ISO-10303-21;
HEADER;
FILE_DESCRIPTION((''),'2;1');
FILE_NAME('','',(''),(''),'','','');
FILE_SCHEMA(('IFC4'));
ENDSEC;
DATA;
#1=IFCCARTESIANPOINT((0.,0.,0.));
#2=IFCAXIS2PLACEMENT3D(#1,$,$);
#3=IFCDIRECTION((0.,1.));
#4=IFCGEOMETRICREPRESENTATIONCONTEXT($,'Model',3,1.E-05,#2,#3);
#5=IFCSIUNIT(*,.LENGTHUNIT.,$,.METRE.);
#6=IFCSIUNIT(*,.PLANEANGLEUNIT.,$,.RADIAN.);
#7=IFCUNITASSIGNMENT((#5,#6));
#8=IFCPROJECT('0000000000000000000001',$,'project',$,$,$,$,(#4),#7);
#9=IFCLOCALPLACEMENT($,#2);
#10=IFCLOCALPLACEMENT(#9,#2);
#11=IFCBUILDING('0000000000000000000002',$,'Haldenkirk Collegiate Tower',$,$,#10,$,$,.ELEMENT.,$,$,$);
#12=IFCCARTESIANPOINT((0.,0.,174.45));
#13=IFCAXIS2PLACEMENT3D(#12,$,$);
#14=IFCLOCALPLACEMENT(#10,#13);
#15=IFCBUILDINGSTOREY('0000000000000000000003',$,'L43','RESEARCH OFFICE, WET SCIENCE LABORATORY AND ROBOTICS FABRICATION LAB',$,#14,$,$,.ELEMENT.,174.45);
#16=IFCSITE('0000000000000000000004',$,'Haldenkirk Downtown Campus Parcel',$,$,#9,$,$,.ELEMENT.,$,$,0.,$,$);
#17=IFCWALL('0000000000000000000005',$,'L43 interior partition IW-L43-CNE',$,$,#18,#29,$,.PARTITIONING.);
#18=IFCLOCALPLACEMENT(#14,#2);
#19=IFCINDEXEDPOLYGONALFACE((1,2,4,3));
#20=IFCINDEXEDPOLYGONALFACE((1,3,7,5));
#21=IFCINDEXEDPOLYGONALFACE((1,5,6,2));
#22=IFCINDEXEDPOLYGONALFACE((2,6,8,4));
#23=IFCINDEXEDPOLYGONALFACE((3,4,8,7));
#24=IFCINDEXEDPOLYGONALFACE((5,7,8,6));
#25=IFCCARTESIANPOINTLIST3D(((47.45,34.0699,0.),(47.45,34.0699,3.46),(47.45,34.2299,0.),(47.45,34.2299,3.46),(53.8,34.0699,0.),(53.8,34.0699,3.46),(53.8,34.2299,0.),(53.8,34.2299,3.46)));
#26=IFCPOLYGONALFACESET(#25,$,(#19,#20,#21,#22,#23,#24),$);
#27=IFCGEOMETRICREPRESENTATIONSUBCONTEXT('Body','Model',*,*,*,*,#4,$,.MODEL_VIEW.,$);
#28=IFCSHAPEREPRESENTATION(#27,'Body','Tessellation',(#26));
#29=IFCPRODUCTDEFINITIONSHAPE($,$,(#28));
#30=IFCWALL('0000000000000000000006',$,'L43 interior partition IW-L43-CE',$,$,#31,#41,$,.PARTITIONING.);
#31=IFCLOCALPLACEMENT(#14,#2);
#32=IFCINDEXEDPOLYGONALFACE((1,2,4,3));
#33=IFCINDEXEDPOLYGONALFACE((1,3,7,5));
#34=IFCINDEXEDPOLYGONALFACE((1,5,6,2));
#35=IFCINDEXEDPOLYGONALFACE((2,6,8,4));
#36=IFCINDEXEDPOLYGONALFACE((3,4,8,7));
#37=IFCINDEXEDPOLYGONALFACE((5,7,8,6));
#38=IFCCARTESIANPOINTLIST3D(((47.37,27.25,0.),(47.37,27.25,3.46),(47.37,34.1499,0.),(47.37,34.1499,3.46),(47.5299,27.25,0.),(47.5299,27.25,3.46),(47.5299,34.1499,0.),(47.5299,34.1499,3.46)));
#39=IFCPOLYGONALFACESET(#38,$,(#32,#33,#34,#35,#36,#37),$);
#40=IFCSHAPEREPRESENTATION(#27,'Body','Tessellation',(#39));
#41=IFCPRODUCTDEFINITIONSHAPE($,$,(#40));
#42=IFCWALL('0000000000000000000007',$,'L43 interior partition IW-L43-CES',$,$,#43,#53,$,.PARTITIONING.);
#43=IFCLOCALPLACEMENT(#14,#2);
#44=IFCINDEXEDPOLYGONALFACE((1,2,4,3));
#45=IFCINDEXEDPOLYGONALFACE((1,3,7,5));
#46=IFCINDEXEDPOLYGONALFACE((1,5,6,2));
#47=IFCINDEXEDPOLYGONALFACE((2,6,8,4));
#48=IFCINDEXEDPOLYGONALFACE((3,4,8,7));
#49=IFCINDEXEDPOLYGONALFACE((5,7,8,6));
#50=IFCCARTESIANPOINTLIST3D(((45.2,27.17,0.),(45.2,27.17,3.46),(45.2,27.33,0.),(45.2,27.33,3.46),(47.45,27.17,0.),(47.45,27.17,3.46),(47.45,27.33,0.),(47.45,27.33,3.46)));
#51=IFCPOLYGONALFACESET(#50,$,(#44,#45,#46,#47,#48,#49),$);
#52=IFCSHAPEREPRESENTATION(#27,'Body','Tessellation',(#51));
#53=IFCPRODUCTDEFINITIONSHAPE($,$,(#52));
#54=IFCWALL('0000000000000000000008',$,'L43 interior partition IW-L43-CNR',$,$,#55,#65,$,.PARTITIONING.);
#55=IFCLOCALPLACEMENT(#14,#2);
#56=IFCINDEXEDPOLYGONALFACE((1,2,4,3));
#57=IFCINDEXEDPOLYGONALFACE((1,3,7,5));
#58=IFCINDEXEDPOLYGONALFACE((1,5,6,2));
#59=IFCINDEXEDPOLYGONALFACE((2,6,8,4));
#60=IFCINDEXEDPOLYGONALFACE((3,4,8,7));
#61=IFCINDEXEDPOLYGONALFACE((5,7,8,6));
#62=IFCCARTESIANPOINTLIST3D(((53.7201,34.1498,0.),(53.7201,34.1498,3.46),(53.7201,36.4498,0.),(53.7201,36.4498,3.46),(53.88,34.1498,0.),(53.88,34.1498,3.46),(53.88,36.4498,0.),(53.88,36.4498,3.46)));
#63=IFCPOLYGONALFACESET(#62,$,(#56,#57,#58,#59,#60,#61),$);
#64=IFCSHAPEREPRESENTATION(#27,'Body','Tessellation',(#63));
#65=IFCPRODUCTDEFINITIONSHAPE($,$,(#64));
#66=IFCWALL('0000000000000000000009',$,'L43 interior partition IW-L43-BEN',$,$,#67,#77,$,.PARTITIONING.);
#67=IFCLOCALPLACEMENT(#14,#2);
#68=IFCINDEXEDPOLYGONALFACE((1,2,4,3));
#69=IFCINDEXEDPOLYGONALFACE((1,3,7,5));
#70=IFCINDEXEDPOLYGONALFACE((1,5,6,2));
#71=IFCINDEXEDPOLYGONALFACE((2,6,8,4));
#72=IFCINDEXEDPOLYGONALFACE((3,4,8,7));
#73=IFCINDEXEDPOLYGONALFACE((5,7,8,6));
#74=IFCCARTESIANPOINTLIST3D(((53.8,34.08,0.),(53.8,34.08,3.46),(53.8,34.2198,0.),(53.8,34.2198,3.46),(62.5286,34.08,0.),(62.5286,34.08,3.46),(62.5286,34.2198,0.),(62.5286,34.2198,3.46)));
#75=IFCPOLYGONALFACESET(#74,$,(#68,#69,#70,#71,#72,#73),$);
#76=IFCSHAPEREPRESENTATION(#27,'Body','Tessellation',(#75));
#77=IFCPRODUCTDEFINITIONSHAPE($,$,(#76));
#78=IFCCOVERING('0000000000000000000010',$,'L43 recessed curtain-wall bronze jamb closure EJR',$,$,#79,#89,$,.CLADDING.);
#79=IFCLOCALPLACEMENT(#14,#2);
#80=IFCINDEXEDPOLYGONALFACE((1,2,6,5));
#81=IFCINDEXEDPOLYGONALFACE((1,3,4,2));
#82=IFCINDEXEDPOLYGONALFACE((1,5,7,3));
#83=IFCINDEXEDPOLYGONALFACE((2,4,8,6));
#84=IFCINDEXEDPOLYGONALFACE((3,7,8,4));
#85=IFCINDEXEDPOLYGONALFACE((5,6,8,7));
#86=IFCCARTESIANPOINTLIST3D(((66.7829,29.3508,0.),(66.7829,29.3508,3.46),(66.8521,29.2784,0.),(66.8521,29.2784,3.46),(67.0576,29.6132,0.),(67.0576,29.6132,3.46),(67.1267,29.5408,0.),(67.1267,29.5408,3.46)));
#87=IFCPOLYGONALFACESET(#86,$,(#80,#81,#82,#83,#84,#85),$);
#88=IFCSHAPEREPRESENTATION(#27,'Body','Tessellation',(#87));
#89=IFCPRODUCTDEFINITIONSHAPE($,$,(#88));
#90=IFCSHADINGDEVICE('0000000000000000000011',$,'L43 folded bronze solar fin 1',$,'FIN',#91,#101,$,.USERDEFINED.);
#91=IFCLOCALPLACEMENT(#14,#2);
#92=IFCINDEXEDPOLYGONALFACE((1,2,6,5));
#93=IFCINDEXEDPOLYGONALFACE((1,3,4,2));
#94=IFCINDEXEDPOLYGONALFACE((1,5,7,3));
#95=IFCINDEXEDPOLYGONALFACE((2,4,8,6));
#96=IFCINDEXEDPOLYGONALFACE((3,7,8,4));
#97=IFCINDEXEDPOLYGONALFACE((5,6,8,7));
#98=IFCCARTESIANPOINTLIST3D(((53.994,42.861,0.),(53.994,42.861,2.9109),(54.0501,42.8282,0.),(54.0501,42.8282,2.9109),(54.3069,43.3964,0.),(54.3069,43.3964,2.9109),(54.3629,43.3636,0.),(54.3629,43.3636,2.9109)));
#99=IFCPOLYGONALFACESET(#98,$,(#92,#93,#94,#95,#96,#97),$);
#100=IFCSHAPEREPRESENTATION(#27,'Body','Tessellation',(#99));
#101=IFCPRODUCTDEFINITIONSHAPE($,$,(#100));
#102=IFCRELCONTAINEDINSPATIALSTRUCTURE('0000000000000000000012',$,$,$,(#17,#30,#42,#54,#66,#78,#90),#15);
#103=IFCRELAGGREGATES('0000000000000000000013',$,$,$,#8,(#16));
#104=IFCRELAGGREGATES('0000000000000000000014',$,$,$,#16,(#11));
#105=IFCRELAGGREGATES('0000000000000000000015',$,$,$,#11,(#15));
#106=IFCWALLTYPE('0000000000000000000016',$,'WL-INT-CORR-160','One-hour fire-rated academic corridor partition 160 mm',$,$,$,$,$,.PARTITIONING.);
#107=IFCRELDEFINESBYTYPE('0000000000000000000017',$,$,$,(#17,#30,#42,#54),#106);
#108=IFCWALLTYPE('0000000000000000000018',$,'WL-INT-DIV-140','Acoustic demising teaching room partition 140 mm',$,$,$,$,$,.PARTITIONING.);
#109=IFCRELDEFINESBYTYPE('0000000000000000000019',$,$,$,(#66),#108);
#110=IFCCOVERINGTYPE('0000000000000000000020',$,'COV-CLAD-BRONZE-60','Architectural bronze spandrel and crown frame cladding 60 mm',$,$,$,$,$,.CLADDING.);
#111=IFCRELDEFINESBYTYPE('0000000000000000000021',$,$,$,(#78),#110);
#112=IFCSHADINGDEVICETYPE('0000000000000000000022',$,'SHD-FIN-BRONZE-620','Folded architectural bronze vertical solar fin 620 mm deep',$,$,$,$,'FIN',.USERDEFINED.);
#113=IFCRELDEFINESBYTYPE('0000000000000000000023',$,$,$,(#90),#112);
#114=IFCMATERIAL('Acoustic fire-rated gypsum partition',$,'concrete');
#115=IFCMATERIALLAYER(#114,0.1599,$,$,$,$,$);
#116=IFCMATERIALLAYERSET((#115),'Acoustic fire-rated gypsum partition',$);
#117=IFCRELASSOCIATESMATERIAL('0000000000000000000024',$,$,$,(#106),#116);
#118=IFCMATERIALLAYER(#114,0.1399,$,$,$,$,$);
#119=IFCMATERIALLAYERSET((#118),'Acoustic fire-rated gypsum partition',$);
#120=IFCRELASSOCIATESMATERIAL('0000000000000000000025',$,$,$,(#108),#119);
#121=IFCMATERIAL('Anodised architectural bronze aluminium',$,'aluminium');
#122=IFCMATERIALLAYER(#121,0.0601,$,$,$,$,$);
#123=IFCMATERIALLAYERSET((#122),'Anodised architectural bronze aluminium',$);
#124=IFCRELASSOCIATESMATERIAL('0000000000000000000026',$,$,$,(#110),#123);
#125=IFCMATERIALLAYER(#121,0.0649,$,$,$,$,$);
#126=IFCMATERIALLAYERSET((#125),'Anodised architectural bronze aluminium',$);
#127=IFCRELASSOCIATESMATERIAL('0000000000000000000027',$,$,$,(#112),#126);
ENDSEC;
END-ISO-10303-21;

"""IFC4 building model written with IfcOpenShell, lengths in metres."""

from ifc_helpers import new_model, si_unit, direction, frame, frame_2d, origin, origin_2d, place, context, subcontext, project, spatial, rectangle, extrude, source, transform, mapped, material, layer, layer_set, type_object, element, save


model = new_model("IFC4")

# Units and contexts
model_context = context("Model", 3, precision=1e-05, world=origin(), true_north=direction((0.0, 1.0)))
body_context = subcontext(model_context, "Body", "Model", "MODEL_VIEW")
ifc_project = project(units=[si_unit("LENGTHUNIT", "METRE"), si_unit("PLANEANGLEUNIT", "RADIAN")], contexts=[model_context])

# Site, building, storey
site_placement = place(None, origin())
site = spatial("IfcSite", under=ifc_project, at=site_placement, Name="Haldenkirk Downtown Campus Parcel", CompositionType="ELEMENT", RefElevation=0.0)
building_placement = place(site_placement, origin())
building = spatial("IfcBuilding", under=site, at=building_placement, Name="Haldenkirk Collegiate Tower", CompositionType="ELEMENT")
storey_placement = place(building_placement, frame((0.0, 0.0, 174.45)))
storey = spatial("IfcBuildingStorey", under=building, at=storey_placement, Name="L43", Description="RESEARCH OFFICE, WET SCIENCE LABORATORY AND ROBOTICS FABRICATION LAB", CompositionType="ELEMENT", Elevation=174.45)

# Shared definitions
ifc_material_1 = material(Name="Anodised architectural bronze aluminium", Category="aluminium")

# Walls
ifc_material_2 = material(Name="Acoustic fire-rated gypsum partition", Category="concrete")
ifc_layer_1 = layer(ifc_material_2, 0.1599)
ifc_layer_set_1 = layer_set([ifc_layer_1], Name="Acoustic fire-rated gypsum partition")
wall_type_1 = type_object("IfcWallType", Name="WL-INT-CORR-160", Description="One-hour fire-rated academic corridor partition 160 mm", PredefinedType="PARTITIONING", material=ifc_layer_set_1)
wall_1_placement = place(storey_placement, frame((47.45, 34.1499, 0.0), z_axis=(0.0, 0.0, 1.0), x_axis=(1.0, 0.0, 0.0)))
element("IfcWall", 1, at=wall_1_placement, inside=storey, type_object=wall_type_1, Name="L43 interior partition IW-L43-CNE", PredefinedType="PARTITIONING", context=body_context, shape_type="SweptSolid", body=[
    extrude(rectangle(XDim=6.3501, YDim=0.1599, at=frame_2d((3.175, 0.0))), origin(), (0.0, 0.0, 1.0), 3.46),
])
wall_2_placement = place(storey_placement, frame((47.45, 27.25, 0.0), z_axis=(0.0, 0.0, 1.0), x_axis=(0.0, 1.0, 0.0)))
element("IfcWall", 2, at=wall_2_placement, inside=storey, type_object=wall_type_1, Name="L43 interior partition IW-L43-CE", PredefinedType="PARTITIONING", context=body_context, shape_type="SweptSolid", body=[
    extrude(rectangle(XDim=6.8999, YDim=0.1599, at=frame_2d((3.45, 0.0))), origin(), (0.0, 0.0, 1.0), 3.46),
])
wall_3_placement = place(storey_placement, frame((45.2, 27.25, 0.0), z_axis=(0.0, 0.0, 1.0), x_axis=(1.0, 0.0, 0.0)))
element("IfcWall", 3, at=wall_3_placement, inside=storey, type_object=wall_type_1, Name="L43 interior partition IW-L43-CES", PredefinedType="PARTITIONING", context=body_context, shape_type="SweptSolid", body=[
    extrude(rectangle(XDim=2.25, YDim=0.1599, at=frame_2d((1.125, 0.0))), origin(), (0.0, 0.0, 1.0), 3.46),
])
wall_4_placement = place(storey_placement, frame((53.8, 34.1499, 0.0), z_axis=(0.0, 0.0, 1.0), x_axis=(0.0, 1.0, 0.0)))
element("IfcWall", 4, at=wall_4_placement, inside=storey, type_object=wall_type_1, Name="L43 interior partition IW-L43-CNR", PredefinedType="PARTITIONING", context=body_context, shape_type="SweptSolid", body=[
    extrude(rectangle(XDim=2.3, YDim=0.1599, at=frame_2d((1.1499, 0.0))), origin(), (0.0, 0.0, 1.0), 3.46),
])
ifc_layer_2 = layer(ifc_material_2, 0.1399)
ifc_layer_set_2 = layer_set([ifc_layer_2], Name="Acoustic fire-rated gypsum partition")
wall_type_2 = type_object("IfcWallType", Name="WL-INT-DIV-140", Description="Acoustic demising teaching room partition 140 mm", PredefinedType="PARTITIONING", material=ifc_layer_set_2)
wall_5_placement = place(storey_placement, frame((53.8, 34.1499, 0.0), z_axis=(0.0, 0.0, 1.0), x_axis=(1.0, 0.0, 0.0)))
element("IfcWall", 5, at=wall_5_placement, inside=storey, type_object=wall_type_2, Name="L43 interior partition IW-L43-BEN", PredefinedType="PARTITIONING", context=body_context, shape_type="SweptSolid", body=[
    extrude(rectangle(XDim=8.7285, YDim=0.1399, at=frame_2d((4.3643, 0.0))), origin(), (0.0, 0.0, 1.0), 3.46),
])

# Covering
ifc_layer_3 = layer(ifc_material_1, 0.0601)
ifc_layer_set_3 = layer_set([ifc_layer_3], Name="Anodised architectural bronze aluminium")
covering_type = type_object("IfcCoveringType", Name="COV-CLAD-BRONZE-60", Description="Architectural bronze spandrel and crown frame cladding 60 mm", PredefinedType="CLADDING", material=ifc_layer_set_3)
shared_shape_1 = source(origin(), body_context, "Body", "SweptSolid", [
    extrude(rectangle(XDim=0.1001, YDim=0.3799, at=origin_2d()), origin(), (0.0, 0.0, 1.0), 3.46),
])
covering_placement = place(storey_placement, frame((66.9548, 29.4458, 0.0), z_axis=(0.0, 0.0, 1.0), x_axis=(0.690882, -0.722967, 0.0)))
element("IfcCovering", 6, at=covering_placement, inside=storey, type_object=covering_type, Name="L43 recessed curtain-wall bronze jamb closure EJR", PredefinedType="CLADDING", context=body_context, shape_type="MappedRepresentation", body=[
    mapped(shared_shape_1, transform((0.0, 0.0, 0.0), x_axis=(1.0, 0.0, 0.0), y_axis=(0.0, 1.0, 0.0), z_axis=(0.0, 0.0, 1.0), scale=1.0)),
])

# Shading device
ifc_layer_4 = layer(ifc_material_1, 0.0649)
ifc_layer_set_4 = layer_set([ifc_layer_4], Name="Anodised architectural bronze aluminium")
shading_device_type = type_object("IfcShadingDeviceType", Name="SHD-FIN-BRONZE-620", Description="Folded architectural bronze vertical solar fin 620 mm deep", ElementType="FIN", PredefinedType="USERDEFINED", material=ifc_layer_set_4)
shared_shape_2 = source(origin(), body_context, "Body", "SweptSolid", [
    extrude(rectangle(XDim=0.6201, YDim=0.0649, at=origin_2d()), origin(), (0.0, 0.0, 1.0), 2.9109),
])
shading_device_placement = place(storey_placement, frame((54.1785, 43.1123, 0.0), z_axis=(0.0, 0.0, 1.0), x_axis=(0.504528, 0.863396, 0.0)))
element("IfcShadingDevice", 7, at=shading_device_placement, inside=storey, type_object=shading_device_type, Name="L43 folded bronze solar fin 1", ObjectType="FIN", PredefinedType="USERDEFINED", context=body_context, shape_type="MappedRepresentation", body=[
    mapped(shared_shape_2, transform((0.0, 0.0, 0.0), x_axis=(1.0, 0.0, 0.0), y_axis=(0.0, 1.0, 0.0), z_axis=(0.0, 0.0, 1.0), scale=1.0)),
])

save(model, "model.ifc")
